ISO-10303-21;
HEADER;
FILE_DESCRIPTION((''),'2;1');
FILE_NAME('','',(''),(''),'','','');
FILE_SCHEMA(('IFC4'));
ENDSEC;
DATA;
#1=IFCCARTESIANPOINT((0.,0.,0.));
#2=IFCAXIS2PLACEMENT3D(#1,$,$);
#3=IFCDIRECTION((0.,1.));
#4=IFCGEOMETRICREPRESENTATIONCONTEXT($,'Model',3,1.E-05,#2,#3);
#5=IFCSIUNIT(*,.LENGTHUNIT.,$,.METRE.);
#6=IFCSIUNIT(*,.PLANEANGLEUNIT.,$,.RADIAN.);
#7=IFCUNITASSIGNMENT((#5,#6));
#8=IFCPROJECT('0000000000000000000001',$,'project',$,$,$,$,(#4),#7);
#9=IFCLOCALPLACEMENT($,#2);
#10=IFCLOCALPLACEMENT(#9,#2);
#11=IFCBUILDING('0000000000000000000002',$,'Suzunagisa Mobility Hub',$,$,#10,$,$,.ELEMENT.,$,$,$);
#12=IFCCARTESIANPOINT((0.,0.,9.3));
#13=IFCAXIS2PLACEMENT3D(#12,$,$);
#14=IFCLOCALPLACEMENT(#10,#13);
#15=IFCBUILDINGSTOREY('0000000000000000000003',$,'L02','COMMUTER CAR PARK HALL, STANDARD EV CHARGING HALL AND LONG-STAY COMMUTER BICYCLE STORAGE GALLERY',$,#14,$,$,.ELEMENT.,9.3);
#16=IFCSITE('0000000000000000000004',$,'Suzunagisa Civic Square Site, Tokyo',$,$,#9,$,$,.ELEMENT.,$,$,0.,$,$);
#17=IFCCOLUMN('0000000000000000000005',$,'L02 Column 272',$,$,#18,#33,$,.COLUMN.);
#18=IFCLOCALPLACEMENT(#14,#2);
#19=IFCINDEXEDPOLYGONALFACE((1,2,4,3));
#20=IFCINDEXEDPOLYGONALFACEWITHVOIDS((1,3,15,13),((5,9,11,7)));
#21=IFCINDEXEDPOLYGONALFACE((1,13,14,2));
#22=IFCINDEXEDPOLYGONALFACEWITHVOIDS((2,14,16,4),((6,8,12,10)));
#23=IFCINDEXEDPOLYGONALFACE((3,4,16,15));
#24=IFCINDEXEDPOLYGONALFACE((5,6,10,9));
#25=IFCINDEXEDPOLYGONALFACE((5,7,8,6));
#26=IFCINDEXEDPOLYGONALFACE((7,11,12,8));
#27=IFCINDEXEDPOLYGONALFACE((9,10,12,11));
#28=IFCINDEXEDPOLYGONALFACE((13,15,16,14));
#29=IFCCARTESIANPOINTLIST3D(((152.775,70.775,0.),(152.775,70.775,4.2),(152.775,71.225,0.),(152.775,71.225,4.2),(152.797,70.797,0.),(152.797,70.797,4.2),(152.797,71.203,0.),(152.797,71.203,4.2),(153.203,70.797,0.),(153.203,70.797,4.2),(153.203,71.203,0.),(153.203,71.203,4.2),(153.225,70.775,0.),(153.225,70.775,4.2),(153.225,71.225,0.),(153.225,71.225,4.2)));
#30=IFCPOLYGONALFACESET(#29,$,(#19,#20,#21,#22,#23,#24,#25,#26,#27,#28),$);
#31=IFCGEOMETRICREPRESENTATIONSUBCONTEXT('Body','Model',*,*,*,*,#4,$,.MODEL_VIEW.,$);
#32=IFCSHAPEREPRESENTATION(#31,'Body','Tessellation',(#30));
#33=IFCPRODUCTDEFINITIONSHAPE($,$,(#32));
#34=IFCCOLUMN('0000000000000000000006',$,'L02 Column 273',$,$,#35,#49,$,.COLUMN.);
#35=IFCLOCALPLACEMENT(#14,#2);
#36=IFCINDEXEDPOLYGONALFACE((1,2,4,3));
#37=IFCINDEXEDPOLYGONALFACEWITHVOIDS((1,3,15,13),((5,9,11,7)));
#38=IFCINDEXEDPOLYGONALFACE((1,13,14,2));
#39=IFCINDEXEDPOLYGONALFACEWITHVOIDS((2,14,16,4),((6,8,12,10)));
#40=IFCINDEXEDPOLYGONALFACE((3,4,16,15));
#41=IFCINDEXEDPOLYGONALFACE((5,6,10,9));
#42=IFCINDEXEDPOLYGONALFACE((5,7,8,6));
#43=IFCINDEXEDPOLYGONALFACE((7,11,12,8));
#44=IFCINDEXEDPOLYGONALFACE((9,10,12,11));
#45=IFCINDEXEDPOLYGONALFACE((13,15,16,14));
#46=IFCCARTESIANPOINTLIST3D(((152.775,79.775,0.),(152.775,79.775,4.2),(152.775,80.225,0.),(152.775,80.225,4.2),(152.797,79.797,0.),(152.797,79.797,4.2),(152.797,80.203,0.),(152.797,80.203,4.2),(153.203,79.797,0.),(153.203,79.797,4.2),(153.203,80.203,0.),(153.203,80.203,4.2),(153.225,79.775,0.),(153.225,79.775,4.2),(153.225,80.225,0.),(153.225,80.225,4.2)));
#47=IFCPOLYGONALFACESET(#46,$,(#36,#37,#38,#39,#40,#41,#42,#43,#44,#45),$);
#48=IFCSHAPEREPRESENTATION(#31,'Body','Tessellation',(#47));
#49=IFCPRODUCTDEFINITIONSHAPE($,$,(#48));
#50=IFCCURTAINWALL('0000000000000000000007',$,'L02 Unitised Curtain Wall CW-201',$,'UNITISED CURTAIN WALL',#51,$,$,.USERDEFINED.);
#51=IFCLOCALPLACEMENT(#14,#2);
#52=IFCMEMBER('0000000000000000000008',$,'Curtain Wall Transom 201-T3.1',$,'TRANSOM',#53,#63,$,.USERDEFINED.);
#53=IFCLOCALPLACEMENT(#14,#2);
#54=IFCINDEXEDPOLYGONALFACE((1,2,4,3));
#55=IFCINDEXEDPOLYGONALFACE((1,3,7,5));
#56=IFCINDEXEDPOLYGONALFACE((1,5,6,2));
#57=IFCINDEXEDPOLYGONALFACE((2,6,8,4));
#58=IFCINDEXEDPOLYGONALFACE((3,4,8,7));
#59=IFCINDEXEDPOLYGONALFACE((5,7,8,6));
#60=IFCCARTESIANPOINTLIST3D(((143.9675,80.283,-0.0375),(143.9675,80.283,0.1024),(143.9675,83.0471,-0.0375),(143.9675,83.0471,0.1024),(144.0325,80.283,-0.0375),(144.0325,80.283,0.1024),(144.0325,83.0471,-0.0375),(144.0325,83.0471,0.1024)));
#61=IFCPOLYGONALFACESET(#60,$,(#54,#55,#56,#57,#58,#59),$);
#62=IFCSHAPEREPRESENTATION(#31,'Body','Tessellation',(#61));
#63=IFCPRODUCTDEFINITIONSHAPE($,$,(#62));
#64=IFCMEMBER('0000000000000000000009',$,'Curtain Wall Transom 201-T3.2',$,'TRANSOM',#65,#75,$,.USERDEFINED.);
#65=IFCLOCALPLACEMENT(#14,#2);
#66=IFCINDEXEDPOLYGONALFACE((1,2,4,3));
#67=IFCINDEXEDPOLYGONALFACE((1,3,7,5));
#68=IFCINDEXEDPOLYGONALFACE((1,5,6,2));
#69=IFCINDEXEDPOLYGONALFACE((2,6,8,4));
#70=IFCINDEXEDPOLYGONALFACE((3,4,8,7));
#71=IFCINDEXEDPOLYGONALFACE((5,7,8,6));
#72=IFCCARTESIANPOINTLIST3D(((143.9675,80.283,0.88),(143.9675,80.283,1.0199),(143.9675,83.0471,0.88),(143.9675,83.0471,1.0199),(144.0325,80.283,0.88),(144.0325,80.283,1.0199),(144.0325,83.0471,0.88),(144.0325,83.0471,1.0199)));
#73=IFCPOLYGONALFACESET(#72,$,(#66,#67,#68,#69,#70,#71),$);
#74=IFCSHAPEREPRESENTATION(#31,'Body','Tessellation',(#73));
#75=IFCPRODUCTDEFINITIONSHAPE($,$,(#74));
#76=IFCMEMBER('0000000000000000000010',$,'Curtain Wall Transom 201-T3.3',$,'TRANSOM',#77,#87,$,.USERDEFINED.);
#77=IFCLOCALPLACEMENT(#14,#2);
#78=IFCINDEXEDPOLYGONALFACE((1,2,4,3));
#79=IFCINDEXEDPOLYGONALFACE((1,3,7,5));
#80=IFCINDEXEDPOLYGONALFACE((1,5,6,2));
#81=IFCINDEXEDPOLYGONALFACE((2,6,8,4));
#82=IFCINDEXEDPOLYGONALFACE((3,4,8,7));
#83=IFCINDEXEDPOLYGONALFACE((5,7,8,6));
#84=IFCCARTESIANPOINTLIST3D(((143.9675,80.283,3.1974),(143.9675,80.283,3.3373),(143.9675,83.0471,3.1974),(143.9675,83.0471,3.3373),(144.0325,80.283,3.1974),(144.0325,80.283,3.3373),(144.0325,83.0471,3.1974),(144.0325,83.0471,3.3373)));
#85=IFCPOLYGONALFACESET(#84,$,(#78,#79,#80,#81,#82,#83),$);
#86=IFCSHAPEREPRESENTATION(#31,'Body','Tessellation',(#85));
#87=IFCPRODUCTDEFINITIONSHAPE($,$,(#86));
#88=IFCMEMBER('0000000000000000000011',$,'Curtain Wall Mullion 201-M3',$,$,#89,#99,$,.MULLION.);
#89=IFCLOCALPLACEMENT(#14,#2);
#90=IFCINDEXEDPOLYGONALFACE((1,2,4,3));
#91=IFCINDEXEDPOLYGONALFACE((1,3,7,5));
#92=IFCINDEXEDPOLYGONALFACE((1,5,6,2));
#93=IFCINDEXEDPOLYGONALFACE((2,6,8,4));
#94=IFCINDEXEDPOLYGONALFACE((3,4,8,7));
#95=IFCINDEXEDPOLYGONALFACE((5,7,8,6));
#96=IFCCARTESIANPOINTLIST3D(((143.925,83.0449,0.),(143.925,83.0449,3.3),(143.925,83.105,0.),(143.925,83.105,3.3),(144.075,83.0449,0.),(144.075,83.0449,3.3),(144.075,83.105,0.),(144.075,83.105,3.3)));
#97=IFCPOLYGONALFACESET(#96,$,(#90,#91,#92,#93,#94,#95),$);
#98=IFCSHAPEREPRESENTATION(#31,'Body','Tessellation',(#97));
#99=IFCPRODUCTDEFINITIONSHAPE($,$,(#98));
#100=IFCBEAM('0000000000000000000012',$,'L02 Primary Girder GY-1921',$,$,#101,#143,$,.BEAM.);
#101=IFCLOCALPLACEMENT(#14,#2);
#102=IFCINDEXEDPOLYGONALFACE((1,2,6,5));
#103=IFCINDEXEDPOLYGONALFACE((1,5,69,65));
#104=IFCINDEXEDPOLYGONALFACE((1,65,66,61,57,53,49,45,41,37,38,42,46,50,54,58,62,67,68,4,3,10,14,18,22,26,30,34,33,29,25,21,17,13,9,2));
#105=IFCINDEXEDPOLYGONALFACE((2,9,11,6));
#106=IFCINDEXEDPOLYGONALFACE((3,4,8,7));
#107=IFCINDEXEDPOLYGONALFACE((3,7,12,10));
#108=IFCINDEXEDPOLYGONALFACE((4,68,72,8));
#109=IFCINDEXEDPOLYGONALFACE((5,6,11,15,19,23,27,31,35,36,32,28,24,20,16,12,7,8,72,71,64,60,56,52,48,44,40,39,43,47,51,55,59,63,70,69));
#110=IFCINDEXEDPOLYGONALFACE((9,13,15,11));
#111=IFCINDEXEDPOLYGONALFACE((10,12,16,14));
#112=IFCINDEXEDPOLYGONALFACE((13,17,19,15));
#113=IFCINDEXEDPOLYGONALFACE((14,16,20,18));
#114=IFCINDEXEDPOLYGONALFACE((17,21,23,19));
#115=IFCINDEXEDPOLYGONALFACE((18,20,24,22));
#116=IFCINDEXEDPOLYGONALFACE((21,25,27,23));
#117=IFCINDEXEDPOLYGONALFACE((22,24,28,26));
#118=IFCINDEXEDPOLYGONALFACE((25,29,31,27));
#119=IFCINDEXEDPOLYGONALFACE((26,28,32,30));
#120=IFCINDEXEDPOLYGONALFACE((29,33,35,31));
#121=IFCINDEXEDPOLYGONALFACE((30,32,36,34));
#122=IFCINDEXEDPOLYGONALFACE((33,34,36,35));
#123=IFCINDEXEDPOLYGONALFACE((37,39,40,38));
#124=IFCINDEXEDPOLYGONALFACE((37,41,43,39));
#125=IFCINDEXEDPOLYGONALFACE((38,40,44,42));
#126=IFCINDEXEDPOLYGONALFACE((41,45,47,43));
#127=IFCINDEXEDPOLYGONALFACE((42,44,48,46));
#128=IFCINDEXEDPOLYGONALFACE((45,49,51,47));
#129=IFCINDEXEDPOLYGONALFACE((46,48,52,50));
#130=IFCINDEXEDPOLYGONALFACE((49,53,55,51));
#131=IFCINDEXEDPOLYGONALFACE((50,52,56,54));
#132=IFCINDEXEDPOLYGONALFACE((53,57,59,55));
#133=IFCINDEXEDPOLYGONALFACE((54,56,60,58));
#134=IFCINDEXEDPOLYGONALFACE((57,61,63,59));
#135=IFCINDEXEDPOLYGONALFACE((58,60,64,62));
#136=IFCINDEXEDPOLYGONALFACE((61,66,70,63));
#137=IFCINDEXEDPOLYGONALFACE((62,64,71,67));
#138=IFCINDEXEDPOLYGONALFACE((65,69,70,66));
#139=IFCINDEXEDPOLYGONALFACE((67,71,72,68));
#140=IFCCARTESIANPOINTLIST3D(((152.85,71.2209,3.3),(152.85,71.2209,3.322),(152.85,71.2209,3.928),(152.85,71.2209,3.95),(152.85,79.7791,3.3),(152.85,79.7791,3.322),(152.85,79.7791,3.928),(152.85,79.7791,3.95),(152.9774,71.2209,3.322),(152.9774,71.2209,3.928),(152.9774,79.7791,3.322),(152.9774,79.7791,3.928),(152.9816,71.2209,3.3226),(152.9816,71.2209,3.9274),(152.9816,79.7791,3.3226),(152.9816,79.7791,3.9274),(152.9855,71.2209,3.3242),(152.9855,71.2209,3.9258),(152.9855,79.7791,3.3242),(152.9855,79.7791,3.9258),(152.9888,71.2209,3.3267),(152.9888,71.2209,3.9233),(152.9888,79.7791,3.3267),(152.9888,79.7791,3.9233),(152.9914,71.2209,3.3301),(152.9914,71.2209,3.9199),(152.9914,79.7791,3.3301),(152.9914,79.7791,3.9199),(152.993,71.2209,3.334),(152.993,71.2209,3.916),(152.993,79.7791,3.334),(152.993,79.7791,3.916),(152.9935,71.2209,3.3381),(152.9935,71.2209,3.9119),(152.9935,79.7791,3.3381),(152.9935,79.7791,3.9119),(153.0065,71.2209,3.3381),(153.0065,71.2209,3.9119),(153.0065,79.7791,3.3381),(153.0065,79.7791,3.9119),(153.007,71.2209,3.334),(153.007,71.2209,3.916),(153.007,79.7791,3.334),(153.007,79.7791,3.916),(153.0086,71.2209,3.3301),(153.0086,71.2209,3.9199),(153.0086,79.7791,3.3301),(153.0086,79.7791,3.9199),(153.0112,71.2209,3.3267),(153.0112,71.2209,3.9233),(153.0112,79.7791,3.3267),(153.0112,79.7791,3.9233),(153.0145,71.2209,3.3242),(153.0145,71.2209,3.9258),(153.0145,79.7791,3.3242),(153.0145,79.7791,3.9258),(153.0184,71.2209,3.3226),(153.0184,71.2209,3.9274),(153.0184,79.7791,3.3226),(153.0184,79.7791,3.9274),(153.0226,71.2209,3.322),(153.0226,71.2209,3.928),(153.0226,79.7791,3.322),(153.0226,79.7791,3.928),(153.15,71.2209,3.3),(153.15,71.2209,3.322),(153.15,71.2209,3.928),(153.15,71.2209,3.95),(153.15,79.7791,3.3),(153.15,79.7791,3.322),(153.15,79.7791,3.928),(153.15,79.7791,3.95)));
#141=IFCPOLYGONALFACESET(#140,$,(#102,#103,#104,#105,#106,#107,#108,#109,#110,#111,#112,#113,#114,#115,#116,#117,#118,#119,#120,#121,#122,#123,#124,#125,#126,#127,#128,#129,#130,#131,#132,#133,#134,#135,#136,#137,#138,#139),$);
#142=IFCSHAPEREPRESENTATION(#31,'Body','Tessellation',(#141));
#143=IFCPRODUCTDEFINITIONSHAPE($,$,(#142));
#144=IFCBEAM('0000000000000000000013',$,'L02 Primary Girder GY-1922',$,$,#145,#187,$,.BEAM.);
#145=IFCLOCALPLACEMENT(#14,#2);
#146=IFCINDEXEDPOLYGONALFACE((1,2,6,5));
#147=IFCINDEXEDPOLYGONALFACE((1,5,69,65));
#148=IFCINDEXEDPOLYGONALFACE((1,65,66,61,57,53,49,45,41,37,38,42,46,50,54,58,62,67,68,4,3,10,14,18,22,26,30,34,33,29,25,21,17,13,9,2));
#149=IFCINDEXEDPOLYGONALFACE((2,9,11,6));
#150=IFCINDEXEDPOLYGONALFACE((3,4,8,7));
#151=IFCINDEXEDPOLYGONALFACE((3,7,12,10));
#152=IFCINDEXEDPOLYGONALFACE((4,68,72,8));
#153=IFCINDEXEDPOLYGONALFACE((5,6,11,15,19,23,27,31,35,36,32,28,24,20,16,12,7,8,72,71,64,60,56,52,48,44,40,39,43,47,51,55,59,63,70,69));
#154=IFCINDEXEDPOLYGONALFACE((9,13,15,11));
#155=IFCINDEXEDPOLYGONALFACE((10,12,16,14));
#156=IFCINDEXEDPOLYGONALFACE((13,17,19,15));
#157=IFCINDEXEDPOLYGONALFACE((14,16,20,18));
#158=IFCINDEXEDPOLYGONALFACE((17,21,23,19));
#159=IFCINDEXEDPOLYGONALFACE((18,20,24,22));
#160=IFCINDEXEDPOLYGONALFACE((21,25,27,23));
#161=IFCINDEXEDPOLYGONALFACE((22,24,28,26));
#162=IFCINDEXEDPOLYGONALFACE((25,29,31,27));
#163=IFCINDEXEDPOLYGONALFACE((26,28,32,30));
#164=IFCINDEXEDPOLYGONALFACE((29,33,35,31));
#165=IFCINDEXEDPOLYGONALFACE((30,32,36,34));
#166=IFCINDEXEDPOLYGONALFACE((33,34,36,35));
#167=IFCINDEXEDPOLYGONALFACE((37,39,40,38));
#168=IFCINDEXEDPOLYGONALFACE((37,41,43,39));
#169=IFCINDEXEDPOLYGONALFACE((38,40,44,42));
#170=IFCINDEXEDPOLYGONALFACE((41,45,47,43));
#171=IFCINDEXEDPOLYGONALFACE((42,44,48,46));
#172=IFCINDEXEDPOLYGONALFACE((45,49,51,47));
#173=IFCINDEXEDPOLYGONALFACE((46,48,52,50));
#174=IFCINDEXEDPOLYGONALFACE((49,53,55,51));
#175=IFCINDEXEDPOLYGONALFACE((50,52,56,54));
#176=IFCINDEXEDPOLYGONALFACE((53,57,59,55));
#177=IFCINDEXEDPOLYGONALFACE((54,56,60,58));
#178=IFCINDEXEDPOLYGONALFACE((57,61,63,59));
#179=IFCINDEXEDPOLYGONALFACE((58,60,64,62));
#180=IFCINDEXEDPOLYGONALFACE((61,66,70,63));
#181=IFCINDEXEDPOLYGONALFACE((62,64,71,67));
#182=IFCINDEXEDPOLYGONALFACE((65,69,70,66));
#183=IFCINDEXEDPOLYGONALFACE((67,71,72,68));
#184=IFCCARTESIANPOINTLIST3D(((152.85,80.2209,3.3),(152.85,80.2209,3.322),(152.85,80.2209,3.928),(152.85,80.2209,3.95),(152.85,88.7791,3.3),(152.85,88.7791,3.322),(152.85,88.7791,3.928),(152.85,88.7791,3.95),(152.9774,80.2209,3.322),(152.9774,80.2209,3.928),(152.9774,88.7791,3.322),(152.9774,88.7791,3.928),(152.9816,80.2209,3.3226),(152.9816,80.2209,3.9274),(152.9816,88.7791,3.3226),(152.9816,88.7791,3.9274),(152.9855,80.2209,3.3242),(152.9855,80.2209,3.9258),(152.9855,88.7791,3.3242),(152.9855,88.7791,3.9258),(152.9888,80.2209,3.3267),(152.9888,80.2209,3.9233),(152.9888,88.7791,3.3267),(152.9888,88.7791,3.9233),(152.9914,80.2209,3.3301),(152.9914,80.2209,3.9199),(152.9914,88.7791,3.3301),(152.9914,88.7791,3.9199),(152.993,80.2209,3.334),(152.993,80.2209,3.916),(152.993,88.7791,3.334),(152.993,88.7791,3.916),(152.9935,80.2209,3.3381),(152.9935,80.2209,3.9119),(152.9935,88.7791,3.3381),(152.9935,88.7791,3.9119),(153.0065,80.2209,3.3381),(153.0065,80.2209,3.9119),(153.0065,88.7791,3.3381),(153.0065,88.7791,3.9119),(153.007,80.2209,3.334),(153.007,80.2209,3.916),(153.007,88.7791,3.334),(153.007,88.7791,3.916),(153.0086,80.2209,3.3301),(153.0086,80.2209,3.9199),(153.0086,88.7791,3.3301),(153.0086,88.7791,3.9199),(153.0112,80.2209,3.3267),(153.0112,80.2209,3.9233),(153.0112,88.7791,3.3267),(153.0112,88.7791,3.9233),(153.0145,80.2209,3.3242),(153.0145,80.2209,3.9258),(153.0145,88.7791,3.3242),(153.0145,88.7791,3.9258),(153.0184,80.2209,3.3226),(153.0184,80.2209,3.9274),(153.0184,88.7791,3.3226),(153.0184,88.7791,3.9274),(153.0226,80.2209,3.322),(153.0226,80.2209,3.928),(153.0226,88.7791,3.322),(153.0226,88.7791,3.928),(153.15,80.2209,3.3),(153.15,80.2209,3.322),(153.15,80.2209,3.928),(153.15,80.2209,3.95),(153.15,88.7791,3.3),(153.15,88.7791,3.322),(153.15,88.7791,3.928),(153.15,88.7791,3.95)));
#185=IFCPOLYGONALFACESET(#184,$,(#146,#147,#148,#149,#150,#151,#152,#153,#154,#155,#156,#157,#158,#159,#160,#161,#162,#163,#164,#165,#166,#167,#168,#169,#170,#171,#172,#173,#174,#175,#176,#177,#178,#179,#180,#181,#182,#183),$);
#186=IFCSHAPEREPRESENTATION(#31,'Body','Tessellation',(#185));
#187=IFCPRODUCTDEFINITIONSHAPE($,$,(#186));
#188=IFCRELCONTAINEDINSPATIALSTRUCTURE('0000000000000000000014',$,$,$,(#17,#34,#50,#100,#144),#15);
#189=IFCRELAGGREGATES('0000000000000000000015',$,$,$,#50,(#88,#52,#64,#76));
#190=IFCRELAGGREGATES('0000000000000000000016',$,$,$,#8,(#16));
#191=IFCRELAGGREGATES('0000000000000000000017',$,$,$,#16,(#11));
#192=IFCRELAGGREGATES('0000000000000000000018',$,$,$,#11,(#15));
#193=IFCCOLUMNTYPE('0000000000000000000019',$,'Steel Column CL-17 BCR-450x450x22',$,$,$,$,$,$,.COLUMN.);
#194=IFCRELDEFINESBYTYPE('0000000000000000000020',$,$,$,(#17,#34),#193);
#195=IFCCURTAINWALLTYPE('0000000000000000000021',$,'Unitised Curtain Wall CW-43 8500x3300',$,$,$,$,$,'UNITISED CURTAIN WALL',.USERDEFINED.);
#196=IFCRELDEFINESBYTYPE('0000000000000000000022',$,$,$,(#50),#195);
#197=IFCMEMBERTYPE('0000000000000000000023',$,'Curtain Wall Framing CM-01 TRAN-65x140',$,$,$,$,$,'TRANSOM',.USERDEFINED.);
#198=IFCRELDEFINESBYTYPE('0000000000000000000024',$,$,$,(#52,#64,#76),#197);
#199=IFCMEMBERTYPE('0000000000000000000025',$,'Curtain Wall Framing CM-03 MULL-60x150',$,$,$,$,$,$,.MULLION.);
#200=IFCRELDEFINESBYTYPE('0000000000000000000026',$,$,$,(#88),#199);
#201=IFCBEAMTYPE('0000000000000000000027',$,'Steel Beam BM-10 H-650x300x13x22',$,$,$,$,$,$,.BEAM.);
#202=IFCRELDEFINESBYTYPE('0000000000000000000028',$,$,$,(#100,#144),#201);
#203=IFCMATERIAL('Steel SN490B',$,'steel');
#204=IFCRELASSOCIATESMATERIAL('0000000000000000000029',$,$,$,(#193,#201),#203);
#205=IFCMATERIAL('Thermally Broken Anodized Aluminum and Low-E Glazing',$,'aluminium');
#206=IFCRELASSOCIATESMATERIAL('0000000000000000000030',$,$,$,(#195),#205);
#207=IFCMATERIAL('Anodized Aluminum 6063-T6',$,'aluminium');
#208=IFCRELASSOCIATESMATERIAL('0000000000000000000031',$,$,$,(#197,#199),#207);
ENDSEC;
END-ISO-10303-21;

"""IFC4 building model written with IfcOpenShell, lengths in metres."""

from ifc_helpers import new_model, si_unit, direction, frame, origin, origin_2d, place, context, subcontext, project, spatial, rectangle, hollow_rectangle, i_section, extrude, material, material_profile, profile_set, type_object, element, aggregate, save


model = new_model("IFC4")

# Units and contexts
model_context = context("Model", 3, precision=1e-05, world=origin(), true_north=direction((0.0, 1.0)))
body_context = subcontext(model_context, "Body", "Model", "MODEL_VIEW")
ifc_project = project(units=[si_unit("LENGTHUNIT", "METRE"), si_unit("PLANEANGLEUNIT", "RADIAN")], contexts=[model_context])

# Site, building, storey
site_placement = place(None, origin())
site = spatial("IfcSite", under=ifc_project, at=site_placement, Name="Suzunagisa Civic Square Site, Tokyo", CompositionType="ELEMENT", RefElevation=0.0)
building_placement = place(site_placement, origin())
building = spatial("IfcBuilding", under=site, at=building_placement, Name="Suzunagisa Mobility Hub", CompositionType="ELEMENT")
storey_placement = place(building_placement, frame((0.0, 0.0, 9.3)))
storey = spatial("IfcBuildingStorey", under=building, at=storey_placement, Name="L02", Description="COMMUTER CAR PARK HALL, STANDARD EV CHARGING HALL AND LONG-STAY COMMUTER BICYCLE STORAGE GALLERY", CompositionType="ELEMENT", Elevation=9.3)

# Columns
ifc_material_1 = material(Name="Steel SN490B", Category="steel")
ifc_material_profile_1 = material_profile(ifc_material_1, hollow_rectangle(XDim=0.45, YDim=0.45, WallThickness=0.022, at=origin_2d()), Name="BCR-450x450x22")
ifc_profile_set_1 = profile_set([ifc_material_profile_1], Name="Steel SN490B")
column_type = type_object("IfcColumnType", Name="Steel Column CL-17 BCR-450x450x22", PredefinedType="COLUMN", material=ifc_profile_set_1)
for number, where, z_axis, x_axis, name in (
    (1, (153.0, 71.0, 0.0), (0.0, 0.0, 1.0), (1.0, 0.0, 0.0), "L02 Column 272"),
    (2, (153.0, 80.0, 0.0), (0.0, 0.0, 1.0), (1.0, 0.0, 0.0), "L02 Column 273"),
):
    element("IfcColumn", number, at=place(storey_placement, frame(where, z_axis=z_axis, x_axis=x_axis)), inside=storey, type_object=column_type, Name=name, PredefinedType="COLUMN", context=body_context, shape_type="SweptSolid", body=[
        extrude(hollow_rectangle(XDim=0.45, YDim=0.45, WallThickness=0.022, at=origin_2d()), origin(), (0.0, 0.0, 1.0), 4.2),
    ])

# Curtain wall, members
ifc_material_2 = material(Name="Thermally Broken Anodized Aluminum and Low-E Glazing", Category="aluminium")
curtain_wall_type = type_object("IfcCurtainWallType", Name="Unitised Curtain Wall CW-43 8500x3300", ElementType="UNITISED CURTAIN WALL", PredefinedType="USERDEFINED", material=ifc_material_2)
curtain_wall_placement = place(storey_placement, origin())
curtain_wall = element("IfcCurtainWall", 3, at=curtain_wall_placement, inside=storey, type_object=curtain_wall_type, Name="L02 Unitised Curtain Wall CW-201", ObjectType="UNITISED CURTAIN WALL", PredefinedType="USERDEFINED")
ifc_material_3 = material(Name="Anodized Aluminum 6063-T6", Category="aluminium")
ifc_material_profile_2 = material_profile(ifc_material_3, rectangle(XDim=0.0649, YDim=0.1399, at=origin_2d()), Name="TRAN-65x140")
ifc_profile_set_2 = profile_set([ifc_material_profile_2], Name="Anodized Aluminum 6063-T6")
member_type_1 = type_object("IfcMemberType", Name="Curtain Wall Framing CM-01 TRAN-65x140", ElementType="TRANSOM", PredefinedType="USERDEFINED", material=ifc_profile_set_2)
member_1_placement = place(storey_placement, frame((144.0, 83.0471, 0.0325), z_axis=(0.0, -1.0, 0.0), x_axis=(1.0, 0.0, 0.0)))
member_1 = element("IfcMember", 4, at=member_1_placement, type_object=member_type_1, Name="Curtain Wall Transom 201-T3.1", ObjectType="TRANSOM", PredefinedType="USERDEFINED", context=body_context, shape_type="SweptSolid", body=[
    extrude(rectangle(XDim=0.0649, YDim=0.1399, at=origin_2d()), origin(), (0.0, 0.0, 1.0), 2.7642),
])
member_2_placement = place(storey_placement, frame((144.0, 83.0471, 0.95), z_axis=(0.0, -1.0, 0.0), x_axis=(1.0, 0.0, 0.0)))
member_2 = element("IfcMember", 5, at=member_2_placement, type_object=member_type_1, Name="Curtain Wall Transom 201-T3.2", ObjectType="TRANSOM", PredefinedType="USERDEFINED", context=body_context, shape_type="SweptSolid", body=[
    extrude(rectangle(XDim=0.0649, YDim=0.1399, at=origin_2d()), origin(), (0.0, 0.0, 1.0), 2.7642),
])
member_3_placement = place(storey_placement, frame((144.0, 83.0471, 3.2673), z_axis=(0.0, -1.0, 0.0), x_axis=(1.0, 0.0, 0.0)))
member_3 = element("IfcMember", 6, at=member_3_placement, type_object=member_type_1, Name="Curtain Wall Transom 201-T3.3", ObjectType="TRANSOM", PredefinedType="USERDEFINED", context=body_context, shape_type="SweptSolid", body=[
    extrude(rectangle(XDim=0.0649, YDim=0.1399, at=origin_2d()), origin(), (0.0, 0.0, 1.0), 2.7642),
])
ifc_material_profile_3 = material_profile(ifc_material_3, rectangle(XDim=0.0601, YDim=0.1499, at=origin_2d()), Name="MULL-60x150")
ifc_profile_set_3 = profile_set([ifc_material_profile_3], Name="Anodized Aluminum 6063-T6")
member_type_2 = type_object("IfcMemberType", Name="Curtain Wall Framing CM-03 MULL-60x150", PredefinedType="MULLION", material=ifc_profile_set_3)
member_4_placement = place(storey_placement, frame((144.0, 83.075, 0.0), z_axis=(0.0, 0.0, 1.0), x_axis=(0.0, -1.0, 0.0)))
member_4 = element("IfcMember", 7, at=member_4_placement, type_object=member_type_2, Name="Curtain Wall Mullion 201-M3", PredefinedType="MULLION", context=body_context, shape_type="SweptSolid", body=[
    extrude(rectangle(XDim=0.0601, YDim=0.1499, at=origin_2d()), origin(), (0.0, 0.0, 1.0), 3.3),
])
aggregate(curtain_wall, [member_4, member_1, member_2, member_3])

# Beams
ifc_material_profile_4 = material_profile(ifc_material_1, i_section(OverallWidth=0.3, OverallDepth=0.6499, WebThickness=0.0129, FlangeThickness=0.022, FilletRadius=0.0161, at=origin_2d()), Name="H-650x300x13x22")
ifc_profile_set_4 = profile_set([ifc_material_profile_4], Name="Steel SN490B")
beam_type_1 = type_object("IfcBeamType", Name="Steel Beam BM-10 H-650x300x13x22", PredefinedType="BEAM", material=ifc_profile_set_4)
for number, where, z_axis, x_axis, name in (
    (8, (153.0, 71.2209, 3.625), (0.0, 1.0, 0.0), (-1.0, 0.0, 0.0), "L02 Primary Girder GY-1921"),
    (9, (153.0, 80.2209, 3.625), (0.0, 1.0, 0.0), (-1.0, 0.0, 0.0), "L02 Primary Girder GY-1922"),
):
    element("IfcBeam", number, at=place(storey_placement, frame(where, z_axis=z_axis, x_axis=x_axis)), inside=storey, type_object=beam_type_1, Name=name, PredefinedType="BEAM", context=body_context, shape_type="SweptSolid", body=[
        extrude(i_section(OverallWidth=0.3, OverallDepth=0.6499, WebThickness=0.0129, FlangeThickness=0.022, FilletRadius=0.0161, at=origin_2d()), origin(), (0.0, 0.0, 1.0), 8.5581),
    ])

save(model, "model.ifc")
